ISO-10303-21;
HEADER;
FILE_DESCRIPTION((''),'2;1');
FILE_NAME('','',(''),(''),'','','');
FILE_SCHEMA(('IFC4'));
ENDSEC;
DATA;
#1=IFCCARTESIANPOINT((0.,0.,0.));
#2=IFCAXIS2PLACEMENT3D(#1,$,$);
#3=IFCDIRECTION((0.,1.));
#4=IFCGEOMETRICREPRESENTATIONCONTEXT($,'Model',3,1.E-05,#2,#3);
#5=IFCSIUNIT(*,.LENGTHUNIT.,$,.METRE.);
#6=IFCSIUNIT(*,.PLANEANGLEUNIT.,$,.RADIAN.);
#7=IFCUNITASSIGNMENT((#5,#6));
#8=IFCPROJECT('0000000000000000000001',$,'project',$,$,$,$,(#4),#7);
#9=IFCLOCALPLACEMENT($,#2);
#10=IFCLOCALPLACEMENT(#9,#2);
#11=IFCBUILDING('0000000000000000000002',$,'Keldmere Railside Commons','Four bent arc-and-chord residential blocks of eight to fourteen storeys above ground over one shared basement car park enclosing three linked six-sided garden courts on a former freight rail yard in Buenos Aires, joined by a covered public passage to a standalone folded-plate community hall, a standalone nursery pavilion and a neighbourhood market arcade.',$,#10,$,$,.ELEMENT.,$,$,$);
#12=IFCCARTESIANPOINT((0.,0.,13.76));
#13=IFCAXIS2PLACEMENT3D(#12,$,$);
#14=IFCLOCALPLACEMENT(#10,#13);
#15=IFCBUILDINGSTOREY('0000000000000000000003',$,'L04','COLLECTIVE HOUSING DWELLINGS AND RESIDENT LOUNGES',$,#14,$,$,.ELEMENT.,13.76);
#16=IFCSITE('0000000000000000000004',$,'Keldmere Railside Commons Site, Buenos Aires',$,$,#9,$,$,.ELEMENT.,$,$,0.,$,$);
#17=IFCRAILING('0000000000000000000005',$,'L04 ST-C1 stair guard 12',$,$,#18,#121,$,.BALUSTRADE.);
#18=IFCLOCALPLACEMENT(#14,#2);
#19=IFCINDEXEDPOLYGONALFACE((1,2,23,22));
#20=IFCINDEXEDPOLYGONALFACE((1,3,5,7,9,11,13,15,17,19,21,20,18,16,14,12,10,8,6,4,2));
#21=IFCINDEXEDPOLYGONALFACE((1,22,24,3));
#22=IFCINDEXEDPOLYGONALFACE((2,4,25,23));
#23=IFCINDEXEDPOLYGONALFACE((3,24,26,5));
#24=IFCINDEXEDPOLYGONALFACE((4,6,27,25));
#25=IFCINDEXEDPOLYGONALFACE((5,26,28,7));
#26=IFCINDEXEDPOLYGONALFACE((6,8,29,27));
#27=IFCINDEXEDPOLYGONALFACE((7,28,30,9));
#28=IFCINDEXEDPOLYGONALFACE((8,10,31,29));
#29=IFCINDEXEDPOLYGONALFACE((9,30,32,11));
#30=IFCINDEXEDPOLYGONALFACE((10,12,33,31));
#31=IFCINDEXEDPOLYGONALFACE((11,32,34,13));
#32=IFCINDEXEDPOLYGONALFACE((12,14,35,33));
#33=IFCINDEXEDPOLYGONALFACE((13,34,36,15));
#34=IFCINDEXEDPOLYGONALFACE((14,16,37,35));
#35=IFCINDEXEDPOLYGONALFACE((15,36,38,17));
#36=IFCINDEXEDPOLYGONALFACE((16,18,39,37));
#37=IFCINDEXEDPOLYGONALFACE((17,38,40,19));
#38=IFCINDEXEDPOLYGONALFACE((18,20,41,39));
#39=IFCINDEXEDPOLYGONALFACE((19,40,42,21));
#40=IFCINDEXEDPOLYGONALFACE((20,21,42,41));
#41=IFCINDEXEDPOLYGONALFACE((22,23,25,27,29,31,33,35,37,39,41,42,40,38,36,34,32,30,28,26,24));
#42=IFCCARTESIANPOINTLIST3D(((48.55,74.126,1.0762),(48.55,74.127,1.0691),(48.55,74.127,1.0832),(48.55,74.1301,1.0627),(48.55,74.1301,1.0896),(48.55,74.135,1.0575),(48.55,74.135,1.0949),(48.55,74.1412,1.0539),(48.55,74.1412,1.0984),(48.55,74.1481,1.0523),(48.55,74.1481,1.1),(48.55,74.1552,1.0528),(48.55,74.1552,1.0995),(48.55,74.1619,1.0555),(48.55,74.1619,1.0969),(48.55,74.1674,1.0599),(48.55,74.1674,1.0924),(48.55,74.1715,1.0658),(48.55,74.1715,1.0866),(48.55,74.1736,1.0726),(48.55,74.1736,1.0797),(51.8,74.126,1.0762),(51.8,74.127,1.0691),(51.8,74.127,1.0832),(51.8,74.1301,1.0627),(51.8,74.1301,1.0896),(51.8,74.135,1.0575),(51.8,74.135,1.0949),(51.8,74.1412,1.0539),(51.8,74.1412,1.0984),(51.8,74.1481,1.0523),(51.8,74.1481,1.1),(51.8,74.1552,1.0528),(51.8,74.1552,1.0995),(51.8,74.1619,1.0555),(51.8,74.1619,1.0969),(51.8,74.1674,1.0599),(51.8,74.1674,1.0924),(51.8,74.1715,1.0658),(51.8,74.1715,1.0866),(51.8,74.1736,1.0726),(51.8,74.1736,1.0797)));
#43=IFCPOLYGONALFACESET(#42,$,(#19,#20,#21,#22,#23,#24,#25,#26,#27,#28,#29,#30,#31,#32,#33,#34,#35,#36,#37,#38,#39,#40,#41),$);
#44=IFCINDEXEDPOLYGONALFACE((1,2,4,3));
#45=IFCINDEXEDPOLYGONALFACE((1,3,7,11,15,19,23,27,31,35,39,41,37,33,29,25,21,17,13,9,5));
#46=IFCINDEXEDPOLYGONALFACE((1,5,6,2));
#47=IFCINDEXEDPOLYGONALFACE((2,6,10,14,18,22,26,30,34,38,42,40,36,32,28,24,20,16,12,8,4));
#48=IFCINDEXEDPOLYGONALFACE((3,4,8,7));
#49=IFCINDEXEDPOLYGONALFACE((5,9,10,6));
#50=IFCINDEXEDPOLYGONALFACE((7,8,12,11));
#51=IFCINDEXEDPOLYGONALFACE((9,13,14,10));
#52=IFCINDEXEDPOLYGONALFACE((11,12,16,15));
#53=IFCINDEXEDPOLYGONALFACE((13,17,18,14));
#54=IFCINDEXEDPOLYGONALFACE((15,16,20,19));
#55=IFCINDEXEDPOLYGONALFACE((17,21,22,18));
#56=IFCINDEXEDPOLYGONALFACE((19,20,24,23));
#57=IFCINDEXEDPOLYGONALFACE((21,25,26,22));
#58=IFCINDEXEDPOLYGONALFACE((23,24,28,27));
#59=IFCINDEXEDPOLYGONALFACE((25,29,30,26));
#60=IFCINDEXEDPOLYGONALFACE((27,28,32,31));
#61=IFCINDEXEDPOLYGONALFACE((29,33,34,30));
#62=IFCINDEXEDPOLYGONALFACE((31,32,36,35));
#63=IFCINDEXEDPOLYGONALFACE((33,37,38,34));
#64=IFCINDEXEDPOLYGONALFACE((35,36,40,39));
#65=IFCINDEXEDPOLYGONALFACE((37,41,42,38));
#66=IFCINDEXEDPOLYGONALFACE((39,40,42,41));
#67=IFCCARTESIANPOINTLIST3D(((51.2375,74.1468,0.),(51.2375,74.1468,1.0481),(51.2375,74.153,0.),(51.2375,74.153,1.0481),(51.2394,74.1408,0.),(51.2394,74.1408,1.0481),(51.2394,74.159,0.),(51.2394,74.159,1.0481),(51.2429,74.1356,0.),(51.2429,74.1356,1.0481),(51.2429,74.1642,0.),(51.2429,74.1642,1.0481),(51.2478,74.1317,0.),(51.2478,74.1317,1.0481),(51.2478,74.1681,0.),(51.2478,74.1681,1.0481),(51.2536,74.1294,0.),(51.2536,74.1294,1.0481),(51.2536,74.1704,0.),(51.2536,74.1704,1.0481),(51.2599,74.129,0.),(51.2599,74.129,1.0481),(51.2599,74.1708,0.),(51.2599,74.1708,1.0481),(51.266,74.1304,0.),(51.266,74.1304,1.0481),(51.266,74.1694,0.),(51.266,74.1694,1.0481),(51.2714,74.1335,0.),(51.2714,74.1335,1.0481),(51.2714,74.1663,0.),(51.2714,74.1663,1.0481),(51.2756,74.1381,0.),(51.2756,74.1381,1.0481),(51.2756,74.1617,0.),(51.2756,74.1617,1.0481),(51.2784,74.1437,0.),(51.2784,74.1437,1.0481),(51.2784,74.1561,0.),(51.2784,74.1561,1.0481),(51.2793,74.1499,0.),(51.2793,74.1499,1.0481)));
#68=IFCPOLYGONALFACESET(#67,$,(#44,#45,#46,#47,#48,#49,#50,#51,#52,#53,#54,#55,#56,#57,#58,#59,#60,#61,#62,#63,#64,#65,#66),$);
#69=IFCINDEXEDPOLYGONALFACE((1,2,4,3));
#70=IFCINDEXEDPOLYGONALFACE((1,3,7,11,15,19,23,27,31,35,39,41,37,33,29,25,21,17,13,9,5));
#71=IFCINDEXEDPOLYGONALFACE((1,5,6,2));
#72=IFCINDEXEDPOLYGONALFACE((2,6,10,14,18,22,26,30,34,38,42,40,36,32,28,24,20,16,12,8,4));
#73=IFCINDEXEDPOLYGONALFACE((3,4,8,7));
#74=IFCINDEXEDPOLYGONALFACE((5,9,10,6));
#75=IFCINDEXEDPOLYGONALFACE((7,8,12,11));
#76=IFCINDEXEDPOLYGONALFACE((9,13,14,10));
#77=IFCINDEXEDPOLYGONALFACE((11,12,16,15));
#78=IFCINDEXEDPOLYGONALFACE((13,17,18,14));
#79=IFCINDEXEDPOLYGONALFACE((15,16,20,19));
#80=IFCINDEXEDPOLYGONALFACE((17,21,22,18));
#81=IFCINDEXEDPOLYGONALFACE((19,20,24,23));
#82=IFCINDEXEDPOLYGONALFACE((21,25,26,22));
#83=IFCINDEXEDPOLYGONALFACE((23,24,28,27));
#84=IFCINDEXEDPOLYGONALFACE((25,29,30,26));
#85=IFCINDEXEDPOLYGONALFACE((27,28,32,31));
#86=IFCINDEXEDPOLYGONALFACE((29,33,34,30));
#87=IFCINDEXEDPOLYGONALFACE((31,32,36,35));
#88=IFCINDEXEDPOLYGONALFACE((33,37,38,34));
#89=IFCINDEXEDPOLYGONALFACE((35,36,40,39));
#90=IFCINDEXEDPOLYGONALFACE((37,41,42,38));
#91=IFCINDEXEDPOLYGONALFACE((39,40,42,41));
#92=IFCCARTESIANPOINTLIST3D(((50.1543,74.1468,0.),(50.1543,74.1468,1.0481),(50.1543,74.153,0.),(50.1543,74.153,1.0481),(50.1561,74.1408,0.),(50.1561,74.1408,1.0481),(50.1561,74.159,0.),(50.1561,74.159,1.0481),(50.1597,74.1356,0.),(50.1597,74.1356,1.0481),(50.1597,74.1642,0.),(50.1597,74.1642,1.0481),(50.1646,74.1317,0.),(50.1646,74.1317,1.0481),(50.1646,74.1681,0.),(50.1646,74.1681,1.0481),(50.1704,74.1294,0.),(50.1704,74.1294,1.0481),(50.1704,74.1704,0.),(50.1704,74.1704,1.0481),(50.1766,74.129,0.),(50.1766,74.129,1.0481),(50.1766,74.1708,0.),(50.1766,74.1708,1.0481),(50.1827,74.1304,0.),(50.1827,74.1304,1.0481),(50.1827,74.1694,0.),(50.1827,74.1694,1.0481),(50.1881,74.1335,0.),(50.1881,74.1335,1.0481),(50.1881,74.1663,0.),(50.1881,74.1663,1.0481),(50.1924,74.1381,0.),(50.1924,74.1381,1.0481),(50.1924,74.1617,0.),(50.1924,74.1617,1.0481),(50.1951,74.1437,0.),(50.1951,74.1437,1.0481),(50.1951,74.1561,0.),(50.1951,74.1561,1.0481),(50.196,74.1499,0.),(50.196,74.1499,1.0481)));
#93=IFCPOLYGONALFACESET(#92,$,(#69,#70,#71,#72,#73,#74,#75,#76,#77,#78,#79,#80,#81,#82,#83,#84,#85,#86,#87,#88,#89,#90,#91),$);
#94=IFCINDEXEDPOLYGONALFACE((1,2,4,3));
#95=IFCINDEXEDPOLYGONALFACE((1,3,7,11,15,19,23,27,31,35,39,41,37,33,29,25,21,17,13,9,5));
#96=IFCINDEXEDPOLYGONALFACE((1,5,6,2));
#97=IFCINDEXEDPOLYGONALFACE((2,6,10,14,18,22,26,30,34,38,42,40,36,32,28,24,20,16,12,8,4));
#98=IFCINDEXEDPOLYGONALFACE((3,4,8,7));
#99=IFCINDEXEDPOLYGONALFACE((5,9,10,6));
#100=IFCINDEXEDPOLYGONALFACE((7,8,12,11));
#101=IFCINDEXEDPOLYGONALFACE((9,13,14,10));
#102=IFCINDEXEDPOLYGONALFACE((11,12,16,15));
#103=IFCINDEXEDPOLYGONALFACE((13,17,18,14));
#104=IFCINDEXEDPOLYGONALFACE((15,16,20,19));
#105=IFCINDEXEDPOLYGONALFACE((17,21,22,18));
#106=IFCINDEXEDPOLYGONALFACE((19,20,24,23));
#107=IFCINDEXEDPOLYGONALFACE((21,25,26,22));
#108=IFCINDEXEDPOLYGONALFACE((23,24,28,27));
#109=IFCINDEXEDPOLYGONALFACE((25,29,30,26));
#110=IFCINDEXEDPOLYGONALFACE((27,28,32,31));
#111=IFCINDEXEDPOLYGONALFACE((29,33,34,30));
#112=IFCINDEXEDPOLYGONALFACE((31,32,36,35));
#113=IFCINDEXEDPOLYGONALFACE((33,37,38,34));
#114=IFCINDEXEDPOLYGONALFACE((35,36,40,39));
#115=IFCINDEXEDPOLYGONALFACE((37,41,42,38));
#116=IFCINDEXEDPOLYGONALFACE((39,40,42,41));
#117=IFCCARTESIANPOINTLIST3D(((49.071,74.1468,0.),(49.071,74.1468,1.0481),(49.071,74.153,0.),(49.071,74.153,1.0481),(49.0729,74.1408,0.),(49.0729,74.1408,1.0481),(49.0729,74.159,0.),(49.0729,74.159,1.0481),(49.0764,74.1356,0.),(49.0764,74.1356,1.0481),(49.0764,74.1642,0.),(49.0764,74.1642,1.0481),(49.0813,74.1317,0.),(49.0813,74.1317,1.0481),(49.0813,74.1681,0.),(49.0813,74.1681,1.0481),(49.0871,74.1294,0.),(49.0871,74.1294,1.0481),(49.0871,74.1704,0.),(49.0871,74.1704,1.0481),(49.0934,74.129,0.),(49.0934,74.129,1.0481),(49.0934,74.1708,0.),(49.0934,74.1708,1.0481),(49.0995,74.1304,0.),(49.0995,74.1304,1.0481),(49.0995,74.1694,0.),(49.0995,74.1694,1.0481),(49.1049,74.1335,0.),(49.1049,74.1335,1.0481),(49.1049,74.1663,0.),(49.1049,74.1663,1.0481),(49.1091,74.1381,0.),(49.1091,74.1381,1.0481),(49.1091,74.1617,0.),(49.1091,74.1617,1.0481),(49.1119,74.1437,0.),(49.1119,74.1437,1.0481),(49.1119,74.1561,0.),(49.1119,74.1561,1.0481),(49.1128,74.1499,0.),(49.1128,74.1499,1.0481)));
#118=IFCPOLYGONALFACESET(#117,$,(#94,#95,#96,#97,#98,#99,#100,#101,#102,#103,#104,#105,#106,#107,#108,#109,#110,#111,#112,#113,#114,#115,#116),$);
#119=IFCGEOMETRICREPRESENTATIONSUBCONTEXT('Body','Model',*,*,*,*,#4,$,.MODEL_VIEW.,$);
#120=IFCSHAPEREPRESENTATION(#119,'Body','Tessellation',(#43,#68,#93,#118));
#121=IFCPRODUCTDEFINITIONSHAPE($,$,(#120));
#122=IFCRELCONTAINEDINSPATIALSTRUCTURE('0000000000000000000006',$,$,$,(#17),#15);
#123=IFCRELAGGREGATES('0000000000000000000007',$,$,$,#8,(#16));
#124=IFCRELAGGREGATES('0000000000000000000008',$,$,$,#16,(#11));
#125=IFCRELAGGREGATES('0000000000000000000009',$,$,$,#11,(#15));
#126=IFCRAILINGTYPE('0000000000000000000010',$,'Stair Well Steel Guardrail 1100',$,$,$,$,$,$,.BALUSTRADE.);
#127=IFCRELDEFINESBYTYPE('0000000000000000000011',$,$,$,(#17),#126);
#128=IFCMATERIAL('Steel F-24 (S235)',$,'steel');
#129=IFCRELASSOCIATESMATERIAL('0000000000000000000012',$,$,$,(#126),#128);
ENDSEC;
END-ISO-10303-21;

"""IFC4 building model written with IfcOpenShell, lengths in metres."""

from ifc_helpers import new_model, si_unit, direction, frame, origin, origin_2d, place, context, subcontext, project, spatial, circle, extrude, material, type_object, element, save


model = new_model("IFC4")

# Units and contexts
model_context = context("Model", 3, precision=1e-05, world=origin(), true_north=direction((0.0, 1.0)))
body_context = subcontext(model_context, "Body", "Model", "MODEL_VIEW")
ifc_project = project(units=[si_unit("LENGTHUNIT", "METRE"), si_unit("PLANEANGLEUNIT", "RADIAN")], contexts=[model_context])

# Site, building, storey
site_placement = place(None, origin())
site = spatial("IfcSite", under=ifc_project, at=site_placement, Name="Keldmere Railside Commons Site, Buenos Aires", CompositionType="ELEMENT", RefElevation=0.0)
building_placement = place(site_placement, origin())
building = spatial("IfcBuilding", under=site, at=building_placement, Name="Keldmere Railside Commons", Description="Four bent arc-and-chord residential blocks of eight to fourteen storeys above ground over one shared basement car park enclosing three linked six-sided garden courts on a former freight rail yard in Buenos Aires, joined by a covered public passage to a standalone folded-plate community hall, a standalone nursery pavilion and a neighbourhood market arcade.", CompositionType="ELEMENT")
storey_placement = place(building_placement, frame((0.0, 0.0, 13.76)))
storey = spatial("IfcBuildingStorey", under=building, at=storey_placement, Name="L04", Description="COLLECTIVE HOUSING DWELLINGS AND RESIDENT LOUNGES", CompositionType="ELEMENT", Elevation=13.76)

# Shared definitions
ifc_material_1 = material(Name="Steel F-24 (S235)", Category="steel")

# Railing
railing_type_1 = type_object("IfcRailingType", Name="Stair Well Steel Guardrail 1100", PredefinedType="BALUSTRADE", material=ifc_material_1)
railing_1_placement = place(storey_placement, frame((51.8, 74.1499, 0.0)))
element("IfcRailing", 1, at=railing_1_placement, inside=storey, type_object=railing_type_1, Name="L04 ST-C1 stair guard 12", PredefinedType="BALUSTRADE", context=body_context, shape_type="SweptSolid", body=[
    extrude(circle(Radius=0.0239, at=origin_2d()), frame((0.0, 0.0, 1.0762), z_axis=(-1.0, 0.0, 0.0), x_axis=(0.0, -1.0, 0.0)), (0.0, 0.0, 1.0), 3.25),
    extrude(circle(Radius=0.021, at=origin_2d()), frame((-0.5417, 0.0, 0.0)), (0.0, 0.0, 1.0), 1.0481),
    extrude(circle(Radius=0.021, at=origin_2d()), frame((-1.625, 0.0, 0.0)), (0.0, 0.0, 1.0), 1.0481),
    extrude(circle(Radius=0.021, at=origin_2d()), frame((-2.7083, 0.0, 0.0)), (0.0, 0.0, 1.0), 1.0481),
])

save(model, "model.ifc")
